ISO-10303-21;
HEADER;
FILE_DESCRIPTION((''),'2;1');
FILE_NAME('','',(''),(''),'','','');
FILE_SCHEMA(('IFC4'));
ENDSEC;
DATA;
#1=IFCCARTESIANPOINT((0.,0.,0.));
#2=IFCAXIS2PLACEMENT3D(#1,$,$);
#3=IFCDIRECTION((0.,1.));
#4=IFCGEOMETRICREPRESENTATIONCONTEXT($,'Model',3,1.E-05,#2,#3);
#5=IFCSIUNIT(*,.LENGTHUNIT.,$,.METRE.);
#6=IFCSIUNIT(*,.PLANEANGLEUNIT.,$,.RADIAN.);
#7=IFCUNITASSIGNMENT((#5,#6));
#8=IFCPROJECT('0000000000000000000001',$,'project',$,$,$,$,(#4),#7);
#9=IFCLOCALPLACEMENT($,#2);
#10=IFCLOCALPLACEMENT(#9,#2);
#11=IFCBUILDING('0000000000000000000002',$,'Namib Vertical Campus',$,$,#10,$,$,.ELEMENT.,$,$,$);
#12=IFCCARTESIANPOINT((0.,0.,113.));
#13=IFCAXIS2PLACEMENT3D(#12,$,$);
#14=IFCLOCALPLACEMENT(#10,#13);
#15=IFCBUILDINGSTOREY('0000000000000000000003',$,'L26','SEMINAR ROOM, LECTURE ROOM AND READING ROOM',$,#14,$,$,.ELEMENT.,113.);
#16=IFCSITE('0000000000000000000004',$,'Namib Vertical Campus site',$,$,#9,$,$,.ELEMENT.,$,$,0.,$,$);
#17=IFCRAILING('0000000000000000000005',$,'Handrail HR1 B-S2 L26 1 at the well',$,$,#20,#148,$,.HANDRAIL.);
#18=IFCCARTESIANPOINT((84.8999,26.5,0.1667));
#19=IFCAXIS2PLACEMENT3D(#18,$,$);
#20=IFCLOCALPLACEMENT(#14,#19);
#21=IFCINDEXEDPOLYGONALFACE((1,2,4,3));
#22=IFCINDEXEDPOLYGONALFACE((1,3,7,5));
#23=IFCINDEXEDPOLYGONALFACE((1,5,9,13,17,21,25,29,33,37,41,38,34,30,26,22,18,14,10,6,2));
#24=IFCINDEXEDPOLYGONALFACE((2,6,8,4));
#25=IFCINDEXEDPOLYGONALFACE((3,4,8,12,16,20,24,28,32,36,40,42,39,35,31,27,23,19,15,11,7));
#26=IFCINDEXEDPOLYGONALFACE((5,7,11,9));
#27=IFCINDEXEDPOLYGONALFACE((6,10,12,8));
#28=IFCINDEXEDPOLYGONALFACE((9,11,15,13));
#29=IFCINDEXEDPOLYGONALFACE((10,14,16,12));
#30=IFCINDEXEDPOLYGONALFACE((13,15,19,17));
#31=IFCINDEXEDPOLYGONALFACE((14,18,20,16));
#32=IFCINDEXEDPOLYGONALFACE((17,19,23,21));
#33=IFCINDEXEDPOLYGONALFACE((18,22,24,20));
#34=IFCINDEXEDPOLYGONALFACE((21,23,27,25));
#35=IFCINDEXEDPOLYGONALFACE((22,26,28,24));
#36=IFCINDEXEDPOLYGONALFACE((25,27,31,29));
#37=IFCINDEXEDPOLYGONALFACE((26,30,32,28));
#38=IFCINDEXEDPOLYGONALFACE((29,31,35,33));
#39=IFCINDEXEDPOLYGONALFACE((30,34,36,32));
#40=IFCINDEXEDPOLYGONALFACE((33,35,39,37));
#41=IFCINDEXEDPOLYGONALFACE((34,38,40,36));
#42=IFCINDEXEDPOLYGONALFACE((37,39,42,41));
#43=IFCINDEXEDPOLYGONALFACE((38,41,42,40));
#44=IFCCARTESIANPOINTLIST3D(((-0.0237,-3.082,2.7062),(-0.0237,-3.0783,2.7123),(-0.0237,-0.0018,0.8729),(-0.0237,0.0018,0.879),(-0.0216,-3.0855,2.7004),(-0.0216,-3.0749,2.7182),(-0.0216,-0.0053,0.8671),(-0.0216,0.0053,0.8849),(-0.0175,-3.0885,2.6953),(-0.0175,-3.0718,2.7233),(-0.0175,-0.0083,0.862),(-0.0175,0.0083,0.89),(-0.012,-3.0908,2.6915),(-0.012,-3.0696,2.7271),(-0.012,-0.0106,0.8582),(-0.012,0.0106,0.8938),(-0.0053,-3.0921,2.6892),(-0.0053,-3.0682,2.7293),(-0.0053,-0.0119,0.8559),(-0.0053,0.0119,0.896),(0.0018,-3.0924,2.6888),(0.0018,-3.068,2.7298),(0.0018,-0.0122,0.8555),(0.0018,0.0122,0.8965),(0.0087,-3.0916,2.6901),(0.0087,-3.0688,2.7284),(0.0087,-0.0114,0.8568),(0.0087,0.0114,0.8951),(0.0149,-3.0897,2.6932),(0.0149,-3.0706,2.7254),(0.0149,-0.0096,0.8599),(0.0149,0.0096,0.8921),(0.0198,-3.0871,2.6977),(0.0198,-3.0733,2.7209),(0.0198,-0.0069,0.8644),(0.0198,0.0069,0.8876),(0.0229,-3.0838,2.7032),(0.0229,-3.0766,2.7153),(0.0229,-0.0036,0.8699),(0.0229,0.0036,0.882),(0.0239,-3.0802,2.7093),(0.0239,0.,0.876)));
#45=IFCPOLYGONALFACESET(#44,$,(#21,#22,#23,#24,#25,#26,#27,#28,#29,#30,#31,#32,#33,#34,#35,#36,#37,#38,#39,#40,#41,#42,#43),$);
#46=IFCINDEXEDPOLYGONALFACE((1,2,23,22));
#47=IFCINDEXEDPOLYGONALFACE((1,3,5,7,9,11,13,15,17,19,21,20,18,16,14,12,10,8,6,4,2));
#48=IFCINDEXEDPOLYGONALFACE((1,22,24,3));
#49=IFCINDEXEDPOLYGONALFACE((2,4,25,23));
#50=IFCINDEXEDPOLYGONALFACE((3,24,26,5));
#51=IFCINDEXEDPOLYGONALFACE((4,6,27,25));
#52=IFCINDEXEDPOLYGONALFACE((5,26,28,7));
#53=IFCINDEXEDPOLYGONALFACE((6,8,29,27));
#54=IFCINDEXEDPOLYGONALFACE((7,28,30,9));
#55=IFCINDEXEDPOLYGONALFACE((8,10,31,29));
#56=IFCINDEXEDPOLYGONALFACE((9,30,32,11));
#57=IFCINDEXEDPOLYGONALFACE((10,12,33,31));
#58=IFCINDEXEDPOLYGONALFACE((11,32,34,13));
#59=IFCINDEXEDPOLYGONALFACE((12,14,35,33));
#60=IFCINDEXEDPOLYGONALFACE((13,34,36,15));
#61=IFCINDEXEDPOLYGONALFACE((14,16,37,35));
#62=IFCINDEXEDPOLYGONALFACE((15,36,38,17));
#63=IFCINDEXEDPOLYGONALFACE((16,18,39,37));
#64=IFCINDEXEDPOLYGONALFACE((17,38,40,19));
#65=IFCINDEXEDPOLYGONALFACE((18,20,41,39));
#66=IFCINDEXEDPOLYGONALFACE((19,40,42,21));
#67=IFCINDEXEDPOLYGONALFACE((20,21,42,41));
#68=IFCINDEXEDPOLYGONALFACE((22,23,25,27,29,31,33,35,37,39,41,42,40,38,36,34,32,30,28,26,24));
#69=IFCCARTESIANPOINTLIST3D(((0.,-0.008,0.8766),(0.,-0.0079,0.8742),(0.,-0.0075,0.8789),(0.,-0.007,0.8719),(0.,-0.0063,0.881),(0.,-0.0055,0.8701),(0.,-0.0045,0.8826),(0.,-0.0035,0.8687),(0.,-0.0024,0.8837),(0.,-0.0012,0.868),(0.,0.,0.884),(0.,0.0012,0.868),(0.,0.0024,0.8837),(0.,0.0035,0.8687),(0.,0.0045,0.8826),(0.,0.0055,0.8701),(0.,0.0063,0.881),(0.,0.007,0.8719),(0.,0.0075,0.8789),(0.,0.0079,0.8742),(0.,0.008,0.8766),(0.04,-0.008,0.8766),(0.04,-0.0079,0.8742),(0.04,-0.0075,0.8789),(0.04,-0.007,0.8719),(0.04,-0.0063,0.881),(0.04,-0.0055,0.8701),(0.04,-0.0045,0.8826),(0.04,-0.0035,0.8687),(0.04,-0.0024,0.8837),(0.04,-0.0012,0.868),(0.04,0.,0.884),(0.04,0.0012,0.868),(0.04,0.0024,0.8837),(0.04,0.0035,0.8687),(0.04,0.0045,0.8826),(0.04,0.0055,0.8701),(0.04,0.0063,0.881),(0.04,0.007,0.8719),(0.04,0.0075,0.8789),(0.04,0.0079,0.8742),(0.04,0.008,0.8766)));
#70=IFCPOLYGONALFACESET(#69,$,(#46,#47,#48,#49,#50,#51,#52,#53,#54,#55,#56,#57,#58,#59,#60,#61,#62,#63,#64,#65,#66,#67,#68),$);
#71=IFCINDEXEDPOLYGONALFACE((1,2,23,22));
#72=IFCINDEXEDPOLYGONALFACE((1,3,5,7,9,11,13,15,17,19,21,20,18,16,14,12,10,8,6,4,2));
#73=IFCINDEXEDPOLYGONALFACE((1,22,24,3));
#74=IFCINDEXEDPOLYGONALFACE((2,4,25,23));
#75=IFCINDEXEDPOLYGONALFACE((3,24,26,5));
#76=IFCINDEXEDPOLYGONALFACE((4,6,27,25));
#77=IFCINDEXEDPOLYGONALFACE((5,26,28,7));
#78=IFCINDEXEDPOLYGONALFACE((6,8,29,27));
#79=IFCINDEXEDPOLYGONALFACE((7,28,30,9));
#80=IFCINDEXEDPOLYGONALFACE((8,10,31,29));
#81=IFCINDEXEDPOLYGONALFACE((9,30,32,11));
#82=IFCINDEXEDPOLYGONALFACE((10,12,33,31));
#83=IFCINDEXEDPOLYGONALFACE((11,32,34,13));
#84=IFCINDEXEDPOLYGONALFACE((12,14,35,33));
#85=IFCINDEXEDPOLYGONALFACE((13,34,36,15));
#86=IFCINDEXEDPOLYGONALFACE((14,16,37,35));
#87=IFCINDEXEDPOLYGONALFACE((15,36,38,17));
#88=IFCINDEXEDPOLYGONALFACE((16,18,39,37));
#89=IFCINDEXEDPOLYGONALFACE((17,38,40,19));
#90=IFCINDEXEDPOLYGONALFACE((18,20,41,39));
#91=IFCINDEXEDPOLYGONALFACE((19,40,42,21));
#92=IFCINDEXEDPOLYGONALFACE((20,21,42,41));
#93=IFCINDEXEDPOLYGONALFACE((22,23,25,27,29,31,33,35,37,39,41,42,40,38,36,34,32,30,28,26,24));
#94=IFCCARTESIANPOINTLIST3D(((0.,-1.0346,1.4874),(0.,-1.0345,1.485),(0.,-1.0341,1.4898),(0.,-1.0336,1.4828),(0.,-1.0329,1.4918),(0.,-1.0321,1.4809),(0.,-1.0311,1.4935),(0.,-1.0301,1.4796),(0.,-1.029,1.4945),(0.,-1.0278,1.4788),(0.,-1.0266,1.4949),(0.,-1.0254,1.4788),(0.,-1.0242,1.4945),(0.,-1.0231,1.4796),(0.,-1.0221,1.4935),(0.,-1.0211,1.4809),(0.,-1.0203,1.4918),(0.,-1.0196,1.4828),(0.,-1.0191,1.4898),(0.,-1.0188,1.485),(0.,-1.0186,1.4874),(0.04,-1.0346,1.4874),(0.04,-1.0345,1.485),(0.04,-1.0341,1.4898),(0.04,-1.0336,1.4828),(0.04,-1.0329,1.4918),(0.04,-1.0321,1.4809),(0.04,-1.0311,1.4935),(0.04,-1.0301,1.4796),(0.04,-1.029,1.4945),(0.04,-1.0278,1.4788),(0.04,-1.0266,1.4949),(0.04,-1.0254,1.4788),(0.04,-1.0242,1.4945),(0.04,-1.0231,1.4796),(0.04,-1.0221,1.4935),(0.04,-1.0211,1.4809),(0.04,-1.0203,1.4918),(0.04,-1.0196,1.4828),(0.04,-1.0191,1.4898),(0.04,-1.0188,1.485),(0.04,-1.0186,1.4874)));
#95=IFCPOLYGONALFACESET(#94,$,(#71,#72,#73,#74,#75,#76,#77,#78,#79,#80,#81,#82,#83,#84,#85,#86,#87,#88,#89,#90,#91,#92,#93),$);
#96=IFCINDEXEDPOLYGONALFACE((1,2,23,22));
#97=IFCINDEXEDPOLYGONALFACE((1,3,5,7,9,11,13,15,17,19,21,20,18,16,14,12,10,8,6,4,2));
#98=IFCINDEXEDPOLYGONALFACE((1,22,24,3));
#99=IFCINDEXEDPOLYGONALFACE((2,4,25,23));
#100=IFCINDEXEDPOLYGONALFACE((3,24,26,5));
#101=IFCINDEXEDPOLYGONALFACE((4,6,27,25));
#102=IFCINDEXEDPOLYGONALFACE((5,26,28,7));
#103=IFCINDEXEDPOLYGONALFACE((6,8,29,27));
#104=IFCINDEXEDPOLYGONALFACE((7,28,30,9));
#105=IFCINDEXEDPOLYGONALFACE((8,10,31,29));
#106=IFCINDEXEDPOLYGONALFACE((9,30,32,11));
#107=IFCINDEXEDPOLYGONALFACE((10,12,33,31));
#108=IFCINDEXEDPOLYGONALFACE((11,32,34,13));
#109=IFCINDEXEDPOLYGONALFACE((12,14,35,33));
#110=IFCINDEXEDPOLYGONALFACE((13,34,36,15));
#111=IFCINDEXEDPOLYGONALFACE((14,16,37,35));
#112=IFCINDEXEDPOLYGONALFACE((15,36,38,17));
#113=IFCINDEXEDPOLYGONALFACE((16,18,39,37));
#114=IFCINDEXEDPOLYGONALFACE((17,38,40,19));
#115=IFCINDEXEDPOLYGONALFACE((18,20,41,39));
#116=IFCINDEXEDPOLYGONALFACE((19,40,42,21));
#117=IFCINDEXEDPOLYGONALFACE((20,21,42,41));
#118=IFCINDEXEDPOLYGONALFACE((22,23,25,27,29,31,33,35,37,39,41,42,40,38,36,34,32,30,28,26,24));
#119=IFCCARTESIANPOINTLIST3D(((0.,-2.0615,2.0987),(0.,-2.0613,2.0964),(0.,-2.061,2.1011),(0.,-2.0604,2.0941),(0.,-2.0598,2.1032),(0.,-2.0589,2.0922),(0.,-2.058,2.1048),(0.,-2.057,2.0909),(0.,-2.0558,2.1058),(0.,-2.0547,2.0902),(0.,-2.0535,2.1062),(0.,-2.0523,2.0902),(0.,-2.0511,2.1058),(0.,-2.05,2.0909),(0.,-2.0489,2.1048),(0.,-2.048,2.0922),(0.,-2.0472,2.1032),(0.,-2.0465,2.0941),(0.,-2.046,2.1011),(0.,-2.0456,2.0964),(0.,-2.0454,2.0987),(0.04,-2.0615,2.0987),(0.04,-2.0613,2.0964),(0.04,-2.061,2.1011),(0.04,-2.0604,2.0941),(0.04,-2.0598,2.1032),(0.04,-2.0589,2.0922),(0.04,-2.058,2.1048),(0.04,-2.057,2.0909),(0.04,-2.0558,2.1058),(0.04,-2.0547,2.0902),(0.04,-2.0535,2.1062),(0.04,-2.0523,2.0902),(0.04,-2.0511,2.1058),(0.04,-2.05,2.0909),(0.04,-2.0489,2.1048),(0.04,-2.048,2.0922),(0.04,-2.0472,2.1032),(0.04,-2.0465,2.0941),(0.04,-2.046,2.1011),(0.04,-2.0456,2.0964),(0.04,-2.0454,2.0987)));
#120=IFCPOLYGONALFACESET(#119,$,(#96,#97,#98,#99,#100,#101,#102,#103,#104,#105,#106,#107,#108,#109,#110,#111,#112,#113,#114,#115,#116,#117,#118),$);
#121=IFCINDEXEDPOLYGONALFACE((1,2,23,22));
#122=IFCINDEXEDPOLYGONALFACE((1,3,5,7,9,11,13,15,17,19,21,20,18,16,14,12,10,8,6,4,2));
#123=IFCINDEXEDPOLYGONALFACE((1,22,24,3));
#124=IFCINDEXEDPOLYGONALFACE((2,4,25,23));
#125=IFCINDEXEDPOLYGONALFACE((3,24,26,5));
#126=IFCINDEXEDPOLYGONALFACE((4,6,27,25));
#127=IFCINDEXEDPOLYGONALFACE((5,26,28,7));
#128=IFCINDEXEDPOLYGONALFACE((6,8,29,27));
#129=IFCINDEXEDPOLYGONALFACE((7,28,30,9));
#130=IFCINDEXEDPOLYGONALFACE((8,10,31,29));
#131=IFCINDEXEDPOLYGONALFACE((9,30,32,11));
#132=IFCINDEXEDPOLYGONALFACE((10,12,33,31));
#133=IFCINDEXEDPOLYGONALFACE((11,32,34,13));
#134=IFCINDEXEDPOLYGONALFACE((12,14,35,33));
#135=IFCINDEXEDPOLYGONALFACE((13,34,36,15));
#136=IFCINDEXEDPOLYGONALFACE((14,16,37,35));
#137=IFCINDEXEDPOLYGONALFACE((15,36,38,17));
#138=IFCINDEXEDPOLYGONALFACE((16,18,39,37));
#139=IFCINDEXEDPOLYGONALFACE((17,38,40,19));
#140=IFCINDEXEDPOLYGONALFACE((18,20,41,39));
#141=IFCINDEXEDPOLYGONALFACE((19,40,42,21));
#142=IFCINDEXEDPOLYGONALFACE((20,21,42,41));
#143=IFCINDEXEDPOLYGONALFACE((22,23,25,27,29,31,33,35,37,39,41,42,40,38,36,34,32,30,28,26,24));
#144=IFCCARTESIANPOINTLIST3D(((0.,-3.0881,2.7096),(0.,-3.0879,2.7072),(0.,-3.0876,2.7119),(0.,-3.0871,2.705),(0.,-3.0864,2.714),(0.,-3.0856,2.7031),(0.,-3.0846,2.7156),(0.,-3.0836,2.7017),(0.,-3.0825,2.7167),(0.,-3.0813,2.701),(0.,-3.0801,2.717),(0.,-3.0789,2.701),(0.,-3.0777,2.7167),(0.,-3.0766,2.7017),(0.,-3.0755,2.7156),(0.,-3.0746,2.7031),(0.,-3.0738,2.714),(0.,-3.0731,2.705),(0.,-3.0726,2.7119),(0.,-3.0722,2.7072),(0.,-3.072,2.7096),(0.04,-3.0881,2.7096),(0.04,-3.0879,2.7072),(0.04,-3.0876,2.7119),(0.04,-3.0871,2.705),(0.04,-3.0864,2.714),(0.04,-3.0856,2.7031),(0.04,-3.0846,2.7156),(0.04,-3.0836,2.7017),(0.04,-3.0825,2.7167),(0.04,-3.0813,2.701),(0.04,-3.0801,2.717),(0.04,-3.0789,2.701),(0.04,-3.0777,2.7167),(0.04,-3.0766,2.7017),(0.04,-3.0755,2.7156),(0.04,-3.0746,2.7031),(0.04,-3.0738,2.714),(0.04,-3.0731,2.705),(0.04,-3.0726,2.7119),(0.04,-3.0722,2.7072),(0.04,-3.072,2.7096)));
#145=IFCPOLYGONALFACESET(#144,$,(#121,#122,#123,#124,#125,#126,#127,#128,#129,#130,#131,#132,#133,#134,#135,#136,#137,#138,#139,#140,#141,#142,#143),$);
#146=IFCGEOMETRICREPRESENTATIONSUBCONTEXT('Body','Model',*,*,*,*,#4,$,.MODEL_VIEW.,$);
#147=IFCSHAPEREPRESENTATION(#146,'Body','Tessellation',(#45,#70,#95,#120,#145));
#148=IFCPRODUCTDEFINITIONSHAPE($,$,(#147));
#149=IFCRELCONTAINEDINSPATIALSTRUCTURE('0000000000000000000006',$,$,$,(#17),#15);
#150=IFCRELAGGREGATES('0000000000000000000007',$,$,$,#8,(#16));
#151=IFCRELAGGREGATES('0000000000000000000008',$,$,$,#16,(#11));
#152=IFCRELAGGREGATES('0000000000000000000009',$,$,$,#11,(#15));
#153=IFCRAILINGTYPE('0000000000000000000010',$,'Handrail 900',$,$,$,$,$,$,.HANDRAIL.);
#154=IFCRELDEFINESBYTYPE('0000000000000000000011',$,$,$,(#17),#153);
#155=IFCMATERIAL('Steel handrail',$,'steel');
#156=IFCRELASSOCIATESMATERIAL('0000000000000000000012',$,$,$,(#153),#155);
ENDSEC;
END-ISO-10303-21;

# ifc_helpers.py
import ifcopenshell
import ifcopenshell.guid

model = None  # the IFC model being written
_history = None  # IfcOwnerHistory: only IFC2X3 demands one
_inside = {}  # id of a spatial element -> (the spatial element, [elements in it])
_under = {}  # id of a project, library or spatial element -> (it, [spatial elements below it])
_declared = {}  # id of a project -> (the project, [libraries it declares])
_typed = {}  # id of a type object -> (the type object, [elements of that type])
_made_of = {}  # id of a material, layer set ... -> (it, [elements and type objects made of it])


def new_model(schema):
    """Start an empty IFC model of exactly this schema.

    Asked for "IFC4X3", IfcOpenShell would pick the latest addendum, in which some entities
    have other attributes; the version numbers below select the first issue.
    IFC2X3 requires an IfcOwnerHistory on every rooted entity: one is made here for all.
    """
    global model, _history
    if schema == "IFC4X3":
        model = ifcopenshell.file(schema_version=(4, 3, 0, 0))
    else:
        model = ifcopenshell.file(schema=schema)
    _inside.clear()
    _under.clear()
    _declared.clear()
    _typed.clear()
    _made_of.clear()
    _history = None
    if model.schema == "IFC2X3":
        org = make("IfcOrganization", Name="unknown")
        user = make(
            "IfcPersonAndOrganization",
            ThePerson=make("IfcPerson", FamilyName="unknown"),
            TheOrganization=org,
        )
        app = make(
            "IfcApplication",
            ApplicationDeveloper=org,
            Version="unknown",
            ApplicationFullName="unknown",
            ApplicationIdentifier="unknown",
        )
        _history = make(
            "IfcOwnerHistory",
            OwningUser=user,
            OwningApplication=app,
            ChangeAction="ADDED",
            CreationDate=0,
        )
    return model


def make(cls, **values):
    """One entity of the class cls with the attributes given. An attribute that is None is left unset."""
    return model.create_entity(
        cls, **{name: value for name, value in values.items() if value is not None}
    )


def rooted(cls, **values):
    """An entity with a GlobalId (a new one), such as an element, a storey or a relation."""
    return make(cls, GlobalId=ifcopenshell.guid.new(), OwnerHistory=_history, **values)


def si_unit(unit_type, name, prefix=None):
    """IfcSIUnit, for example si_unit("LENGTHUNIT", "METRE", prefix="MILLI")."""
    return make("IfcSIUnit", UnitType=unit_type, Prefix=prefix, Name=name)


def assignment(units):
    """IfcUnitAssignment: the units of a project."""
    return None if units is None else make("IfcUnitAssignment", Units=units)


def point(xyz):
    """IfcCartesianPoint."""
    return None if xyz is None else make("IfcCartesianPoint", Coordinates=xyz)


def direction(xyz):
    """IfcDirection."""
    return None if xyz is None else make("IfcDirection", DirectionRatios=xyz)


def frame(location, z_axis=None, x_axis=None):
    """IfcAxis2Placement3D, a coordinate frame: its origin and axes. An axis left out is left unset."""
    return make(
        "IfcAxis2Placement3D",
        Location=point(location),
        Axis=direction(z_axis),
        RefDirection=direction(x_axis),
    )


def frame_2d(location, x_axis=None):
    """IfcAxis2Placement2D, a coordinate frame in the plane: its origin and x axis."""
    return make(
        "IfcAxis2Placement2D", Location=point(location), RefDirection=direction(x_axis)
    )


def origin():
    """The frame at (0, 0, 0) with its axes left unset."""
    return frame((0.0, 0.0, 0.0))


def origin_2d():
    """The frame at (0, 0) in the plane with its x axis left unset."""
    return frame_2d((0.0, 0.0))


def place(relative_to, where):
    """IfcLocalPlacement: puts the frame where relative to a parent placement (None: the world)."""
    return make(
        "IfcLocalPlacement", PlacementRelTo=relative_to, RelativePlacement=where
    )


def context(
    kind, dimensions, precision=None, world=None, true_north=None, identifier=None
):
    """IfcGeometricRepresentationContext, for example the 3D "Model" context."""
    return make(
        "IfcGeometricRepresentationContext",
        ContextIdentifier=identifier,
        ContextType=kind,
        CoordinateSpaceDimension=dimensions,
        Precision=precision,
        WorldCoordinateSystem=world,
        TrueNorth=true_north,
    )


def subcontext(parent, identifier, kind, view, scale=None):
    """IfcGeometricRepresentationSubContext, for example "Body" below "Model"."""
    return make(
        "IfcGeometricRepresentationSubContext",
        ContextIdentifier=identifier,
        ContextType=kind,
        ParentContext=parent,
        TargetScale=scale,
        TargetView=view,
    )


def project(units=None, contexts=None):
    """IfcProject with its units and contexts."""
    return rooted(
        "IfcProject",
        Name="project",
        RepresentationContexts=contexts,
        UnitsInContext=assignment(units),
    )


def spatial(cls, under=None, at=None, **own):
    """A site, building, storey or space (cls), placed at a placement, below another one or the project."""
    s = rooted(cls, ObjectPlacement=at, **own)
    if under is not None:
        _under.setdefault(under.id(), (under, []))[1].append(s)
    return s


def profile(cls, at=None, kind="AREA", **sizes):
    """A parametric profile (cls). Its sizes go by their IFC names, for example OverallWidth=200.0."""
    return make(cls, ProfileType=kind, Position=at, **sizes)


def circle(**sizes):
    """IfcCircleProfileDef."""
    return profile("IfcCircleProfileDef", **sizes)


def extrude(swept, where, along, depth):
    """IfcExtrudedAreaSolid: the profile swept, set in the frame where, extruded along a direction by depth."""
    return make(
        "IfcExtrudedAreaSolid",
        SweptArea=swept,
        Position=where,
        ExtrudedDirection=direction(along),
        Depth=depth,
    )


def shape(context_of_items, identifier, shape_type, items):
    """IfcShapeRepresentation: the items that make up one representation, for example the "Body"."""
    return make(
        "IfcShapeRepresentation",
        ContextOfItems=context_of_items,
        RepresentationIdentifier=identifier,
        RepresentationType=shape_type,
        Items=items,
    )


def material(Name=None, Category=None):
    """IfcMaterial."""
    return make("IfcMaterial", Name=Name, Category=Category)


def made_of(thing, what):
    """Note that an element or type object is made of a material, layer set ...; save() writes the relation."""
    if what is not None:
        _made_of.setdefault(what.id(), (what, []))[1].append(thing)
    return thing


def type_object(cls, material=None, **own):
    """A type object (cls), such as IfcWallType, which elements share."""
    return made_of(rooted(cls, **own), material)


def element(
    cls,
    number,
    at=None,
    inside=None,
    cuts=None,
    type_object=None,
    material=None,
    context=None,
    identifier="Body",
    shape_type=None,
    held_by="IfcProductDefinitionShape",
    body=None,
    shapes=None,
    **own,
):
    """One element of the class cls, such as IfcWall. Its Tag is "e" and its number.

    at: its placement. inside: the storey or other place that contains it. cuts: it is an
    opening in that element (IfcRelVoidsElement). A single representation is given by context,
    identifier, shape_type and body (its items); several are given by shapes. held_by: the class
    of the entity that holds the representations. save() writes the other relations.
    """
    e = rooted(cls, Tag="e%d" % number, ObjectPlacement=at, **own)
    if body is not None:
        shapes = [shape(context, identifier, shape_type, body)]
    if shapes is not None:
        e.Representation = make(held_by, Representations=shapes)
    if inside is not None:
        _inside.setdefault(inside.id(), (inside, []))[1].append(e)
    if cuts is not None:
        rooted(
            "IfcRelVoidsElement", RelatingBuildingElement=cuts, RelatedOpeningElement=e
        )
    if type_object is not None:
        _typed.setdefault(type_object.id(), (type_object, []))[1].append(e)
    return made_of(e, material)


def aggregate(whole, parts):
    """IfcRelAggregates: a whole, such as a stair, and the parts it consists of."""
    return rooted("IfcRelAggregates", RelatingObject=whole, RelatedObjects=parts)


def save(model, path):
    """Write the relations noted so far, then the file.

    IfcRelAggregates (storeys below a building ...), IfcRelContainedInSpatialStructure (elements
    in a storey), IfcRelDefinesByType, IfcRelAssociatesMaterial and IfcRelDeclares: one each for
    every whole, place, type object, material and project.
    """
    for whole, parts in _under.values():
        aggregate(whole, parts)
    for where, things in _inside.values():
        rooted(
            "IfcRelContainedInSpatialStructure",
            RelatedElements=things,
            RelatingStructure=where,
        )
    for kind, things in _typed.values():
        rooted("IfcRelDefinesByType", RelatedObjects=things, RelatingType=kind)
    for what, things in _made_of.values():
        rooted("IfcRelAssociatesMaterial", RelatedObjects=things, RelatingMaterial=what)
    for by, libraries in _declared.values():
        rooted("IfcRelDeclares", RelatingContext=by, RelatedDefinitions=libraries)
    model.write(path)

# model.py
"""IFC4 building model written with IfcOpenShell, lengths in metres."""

from ifc_helpers import new_model, si_unit, direction, frame, origin, origin_2d, place, context, subcontext, project, spatial, circle, extrude, material, type_object, element, save


model = new_model("IFC4")

# Units and contexts
model_context = context("Model", 3, precision=1e-05, world=origin(), true_north=direction((0.0, 1.0)))
body_context = subcontext(model_context, "Body", "Model", "MODEL_VIEW")
ifc_project = project(units=[si_unit("LENGTHUNIT", "METRE"), si_unit("PLANEANGLEUNIT", "RADIAN")], contexts=[model_context])

# Site, building, storey
site_placement = place(None, origin())
site = spatial("IfcSite", under=ifc_project, at=site_placement, Name="Namib Vertical Campus site", CompositionType="ELEMENT", RefElevation=0.0)
building_placement = place(site_placement, origin())
building = spatial("IfcBuilding", under=site, at=building_placement, Name="Namib Vertical Campus", CompositionType="ELEMENT")
storey_placement = place(building_placement, frame((0.0, 0.0, 113.0)))
storey = spatial("IfcBuildingStorey", under=building, at=storey_placement, Name="L26", Description="SEMINAR ROOM, LECTURE ROOM AND READING ROOM", CompositionType="ELEMENT", Elevation=113.0)

# Railing
ifc_material_1 = material(Name="Steel handrail", Category="steel")
railing_type_1 = type_object("IfcRailingType", Name="Handrail 900", PredefinedType="HANDRAIL", material=ifc_material_1)
railing_1_placement = place(storey_placement, frame((84.8999, 26.5, 0.1667)))
element("IfcRailing", 1, at=railing_1_placement, inside=storey, type_object=railing_type_1, Name="Handrail HR1 B-S2 L26 1 at the well", PredefinedType="HANDRAIL", context=body_context, shape_type="SweptSolid", body=[
    extrude(circle(Radius=0.0239, at=origin_2d()), frame((0.0, 0.0, 0.876), z_axis=(0.0, -0.859309, 0.511458), x_axis=(1.0, 0.0, 0.0)), (0.0, 0.0, 1.0), 3.5845),
    extrude(circle(Radius=0.0081, at=origin_2d()), frame((0.0, 0.0, 0.876), z_axis=(1.0, 0.0, 0.0), x_axis=(0.0, 0.0, 1.0)), (0.0, 0.0, 1.0), 0.04),
    extrude(circle(Radius=0.0081, at=origin_2d()), frame((0.0, -1.0266, 1.4868), z_axis=(1.0, 0.0, 0.0), x_axis=(0.0, 0.0, 1.0)), (0.0, 0.0, 1.0), 0.04),
    extrude(circle(Radius=0.0081, at=origin_2d()), frame((0.0, -2.0535, 2.0981), z_axis=(1.0, 0.0, 0.0), x_axis=(0.0, 0.0, 1.0)), (0.0, 0.0, 1.0), 0.04),
    extrude(circle(Radius=0.0081, at=origin_2d()), frame((0.0, -3.0801, 2.709), z_axis=(1.0, 0.0, 0.0), x_axis=(0.0, 0.0, 1.0)), (0.0, 0.0, 1.0), 0.04),
])

save(model, "model.ifc")
